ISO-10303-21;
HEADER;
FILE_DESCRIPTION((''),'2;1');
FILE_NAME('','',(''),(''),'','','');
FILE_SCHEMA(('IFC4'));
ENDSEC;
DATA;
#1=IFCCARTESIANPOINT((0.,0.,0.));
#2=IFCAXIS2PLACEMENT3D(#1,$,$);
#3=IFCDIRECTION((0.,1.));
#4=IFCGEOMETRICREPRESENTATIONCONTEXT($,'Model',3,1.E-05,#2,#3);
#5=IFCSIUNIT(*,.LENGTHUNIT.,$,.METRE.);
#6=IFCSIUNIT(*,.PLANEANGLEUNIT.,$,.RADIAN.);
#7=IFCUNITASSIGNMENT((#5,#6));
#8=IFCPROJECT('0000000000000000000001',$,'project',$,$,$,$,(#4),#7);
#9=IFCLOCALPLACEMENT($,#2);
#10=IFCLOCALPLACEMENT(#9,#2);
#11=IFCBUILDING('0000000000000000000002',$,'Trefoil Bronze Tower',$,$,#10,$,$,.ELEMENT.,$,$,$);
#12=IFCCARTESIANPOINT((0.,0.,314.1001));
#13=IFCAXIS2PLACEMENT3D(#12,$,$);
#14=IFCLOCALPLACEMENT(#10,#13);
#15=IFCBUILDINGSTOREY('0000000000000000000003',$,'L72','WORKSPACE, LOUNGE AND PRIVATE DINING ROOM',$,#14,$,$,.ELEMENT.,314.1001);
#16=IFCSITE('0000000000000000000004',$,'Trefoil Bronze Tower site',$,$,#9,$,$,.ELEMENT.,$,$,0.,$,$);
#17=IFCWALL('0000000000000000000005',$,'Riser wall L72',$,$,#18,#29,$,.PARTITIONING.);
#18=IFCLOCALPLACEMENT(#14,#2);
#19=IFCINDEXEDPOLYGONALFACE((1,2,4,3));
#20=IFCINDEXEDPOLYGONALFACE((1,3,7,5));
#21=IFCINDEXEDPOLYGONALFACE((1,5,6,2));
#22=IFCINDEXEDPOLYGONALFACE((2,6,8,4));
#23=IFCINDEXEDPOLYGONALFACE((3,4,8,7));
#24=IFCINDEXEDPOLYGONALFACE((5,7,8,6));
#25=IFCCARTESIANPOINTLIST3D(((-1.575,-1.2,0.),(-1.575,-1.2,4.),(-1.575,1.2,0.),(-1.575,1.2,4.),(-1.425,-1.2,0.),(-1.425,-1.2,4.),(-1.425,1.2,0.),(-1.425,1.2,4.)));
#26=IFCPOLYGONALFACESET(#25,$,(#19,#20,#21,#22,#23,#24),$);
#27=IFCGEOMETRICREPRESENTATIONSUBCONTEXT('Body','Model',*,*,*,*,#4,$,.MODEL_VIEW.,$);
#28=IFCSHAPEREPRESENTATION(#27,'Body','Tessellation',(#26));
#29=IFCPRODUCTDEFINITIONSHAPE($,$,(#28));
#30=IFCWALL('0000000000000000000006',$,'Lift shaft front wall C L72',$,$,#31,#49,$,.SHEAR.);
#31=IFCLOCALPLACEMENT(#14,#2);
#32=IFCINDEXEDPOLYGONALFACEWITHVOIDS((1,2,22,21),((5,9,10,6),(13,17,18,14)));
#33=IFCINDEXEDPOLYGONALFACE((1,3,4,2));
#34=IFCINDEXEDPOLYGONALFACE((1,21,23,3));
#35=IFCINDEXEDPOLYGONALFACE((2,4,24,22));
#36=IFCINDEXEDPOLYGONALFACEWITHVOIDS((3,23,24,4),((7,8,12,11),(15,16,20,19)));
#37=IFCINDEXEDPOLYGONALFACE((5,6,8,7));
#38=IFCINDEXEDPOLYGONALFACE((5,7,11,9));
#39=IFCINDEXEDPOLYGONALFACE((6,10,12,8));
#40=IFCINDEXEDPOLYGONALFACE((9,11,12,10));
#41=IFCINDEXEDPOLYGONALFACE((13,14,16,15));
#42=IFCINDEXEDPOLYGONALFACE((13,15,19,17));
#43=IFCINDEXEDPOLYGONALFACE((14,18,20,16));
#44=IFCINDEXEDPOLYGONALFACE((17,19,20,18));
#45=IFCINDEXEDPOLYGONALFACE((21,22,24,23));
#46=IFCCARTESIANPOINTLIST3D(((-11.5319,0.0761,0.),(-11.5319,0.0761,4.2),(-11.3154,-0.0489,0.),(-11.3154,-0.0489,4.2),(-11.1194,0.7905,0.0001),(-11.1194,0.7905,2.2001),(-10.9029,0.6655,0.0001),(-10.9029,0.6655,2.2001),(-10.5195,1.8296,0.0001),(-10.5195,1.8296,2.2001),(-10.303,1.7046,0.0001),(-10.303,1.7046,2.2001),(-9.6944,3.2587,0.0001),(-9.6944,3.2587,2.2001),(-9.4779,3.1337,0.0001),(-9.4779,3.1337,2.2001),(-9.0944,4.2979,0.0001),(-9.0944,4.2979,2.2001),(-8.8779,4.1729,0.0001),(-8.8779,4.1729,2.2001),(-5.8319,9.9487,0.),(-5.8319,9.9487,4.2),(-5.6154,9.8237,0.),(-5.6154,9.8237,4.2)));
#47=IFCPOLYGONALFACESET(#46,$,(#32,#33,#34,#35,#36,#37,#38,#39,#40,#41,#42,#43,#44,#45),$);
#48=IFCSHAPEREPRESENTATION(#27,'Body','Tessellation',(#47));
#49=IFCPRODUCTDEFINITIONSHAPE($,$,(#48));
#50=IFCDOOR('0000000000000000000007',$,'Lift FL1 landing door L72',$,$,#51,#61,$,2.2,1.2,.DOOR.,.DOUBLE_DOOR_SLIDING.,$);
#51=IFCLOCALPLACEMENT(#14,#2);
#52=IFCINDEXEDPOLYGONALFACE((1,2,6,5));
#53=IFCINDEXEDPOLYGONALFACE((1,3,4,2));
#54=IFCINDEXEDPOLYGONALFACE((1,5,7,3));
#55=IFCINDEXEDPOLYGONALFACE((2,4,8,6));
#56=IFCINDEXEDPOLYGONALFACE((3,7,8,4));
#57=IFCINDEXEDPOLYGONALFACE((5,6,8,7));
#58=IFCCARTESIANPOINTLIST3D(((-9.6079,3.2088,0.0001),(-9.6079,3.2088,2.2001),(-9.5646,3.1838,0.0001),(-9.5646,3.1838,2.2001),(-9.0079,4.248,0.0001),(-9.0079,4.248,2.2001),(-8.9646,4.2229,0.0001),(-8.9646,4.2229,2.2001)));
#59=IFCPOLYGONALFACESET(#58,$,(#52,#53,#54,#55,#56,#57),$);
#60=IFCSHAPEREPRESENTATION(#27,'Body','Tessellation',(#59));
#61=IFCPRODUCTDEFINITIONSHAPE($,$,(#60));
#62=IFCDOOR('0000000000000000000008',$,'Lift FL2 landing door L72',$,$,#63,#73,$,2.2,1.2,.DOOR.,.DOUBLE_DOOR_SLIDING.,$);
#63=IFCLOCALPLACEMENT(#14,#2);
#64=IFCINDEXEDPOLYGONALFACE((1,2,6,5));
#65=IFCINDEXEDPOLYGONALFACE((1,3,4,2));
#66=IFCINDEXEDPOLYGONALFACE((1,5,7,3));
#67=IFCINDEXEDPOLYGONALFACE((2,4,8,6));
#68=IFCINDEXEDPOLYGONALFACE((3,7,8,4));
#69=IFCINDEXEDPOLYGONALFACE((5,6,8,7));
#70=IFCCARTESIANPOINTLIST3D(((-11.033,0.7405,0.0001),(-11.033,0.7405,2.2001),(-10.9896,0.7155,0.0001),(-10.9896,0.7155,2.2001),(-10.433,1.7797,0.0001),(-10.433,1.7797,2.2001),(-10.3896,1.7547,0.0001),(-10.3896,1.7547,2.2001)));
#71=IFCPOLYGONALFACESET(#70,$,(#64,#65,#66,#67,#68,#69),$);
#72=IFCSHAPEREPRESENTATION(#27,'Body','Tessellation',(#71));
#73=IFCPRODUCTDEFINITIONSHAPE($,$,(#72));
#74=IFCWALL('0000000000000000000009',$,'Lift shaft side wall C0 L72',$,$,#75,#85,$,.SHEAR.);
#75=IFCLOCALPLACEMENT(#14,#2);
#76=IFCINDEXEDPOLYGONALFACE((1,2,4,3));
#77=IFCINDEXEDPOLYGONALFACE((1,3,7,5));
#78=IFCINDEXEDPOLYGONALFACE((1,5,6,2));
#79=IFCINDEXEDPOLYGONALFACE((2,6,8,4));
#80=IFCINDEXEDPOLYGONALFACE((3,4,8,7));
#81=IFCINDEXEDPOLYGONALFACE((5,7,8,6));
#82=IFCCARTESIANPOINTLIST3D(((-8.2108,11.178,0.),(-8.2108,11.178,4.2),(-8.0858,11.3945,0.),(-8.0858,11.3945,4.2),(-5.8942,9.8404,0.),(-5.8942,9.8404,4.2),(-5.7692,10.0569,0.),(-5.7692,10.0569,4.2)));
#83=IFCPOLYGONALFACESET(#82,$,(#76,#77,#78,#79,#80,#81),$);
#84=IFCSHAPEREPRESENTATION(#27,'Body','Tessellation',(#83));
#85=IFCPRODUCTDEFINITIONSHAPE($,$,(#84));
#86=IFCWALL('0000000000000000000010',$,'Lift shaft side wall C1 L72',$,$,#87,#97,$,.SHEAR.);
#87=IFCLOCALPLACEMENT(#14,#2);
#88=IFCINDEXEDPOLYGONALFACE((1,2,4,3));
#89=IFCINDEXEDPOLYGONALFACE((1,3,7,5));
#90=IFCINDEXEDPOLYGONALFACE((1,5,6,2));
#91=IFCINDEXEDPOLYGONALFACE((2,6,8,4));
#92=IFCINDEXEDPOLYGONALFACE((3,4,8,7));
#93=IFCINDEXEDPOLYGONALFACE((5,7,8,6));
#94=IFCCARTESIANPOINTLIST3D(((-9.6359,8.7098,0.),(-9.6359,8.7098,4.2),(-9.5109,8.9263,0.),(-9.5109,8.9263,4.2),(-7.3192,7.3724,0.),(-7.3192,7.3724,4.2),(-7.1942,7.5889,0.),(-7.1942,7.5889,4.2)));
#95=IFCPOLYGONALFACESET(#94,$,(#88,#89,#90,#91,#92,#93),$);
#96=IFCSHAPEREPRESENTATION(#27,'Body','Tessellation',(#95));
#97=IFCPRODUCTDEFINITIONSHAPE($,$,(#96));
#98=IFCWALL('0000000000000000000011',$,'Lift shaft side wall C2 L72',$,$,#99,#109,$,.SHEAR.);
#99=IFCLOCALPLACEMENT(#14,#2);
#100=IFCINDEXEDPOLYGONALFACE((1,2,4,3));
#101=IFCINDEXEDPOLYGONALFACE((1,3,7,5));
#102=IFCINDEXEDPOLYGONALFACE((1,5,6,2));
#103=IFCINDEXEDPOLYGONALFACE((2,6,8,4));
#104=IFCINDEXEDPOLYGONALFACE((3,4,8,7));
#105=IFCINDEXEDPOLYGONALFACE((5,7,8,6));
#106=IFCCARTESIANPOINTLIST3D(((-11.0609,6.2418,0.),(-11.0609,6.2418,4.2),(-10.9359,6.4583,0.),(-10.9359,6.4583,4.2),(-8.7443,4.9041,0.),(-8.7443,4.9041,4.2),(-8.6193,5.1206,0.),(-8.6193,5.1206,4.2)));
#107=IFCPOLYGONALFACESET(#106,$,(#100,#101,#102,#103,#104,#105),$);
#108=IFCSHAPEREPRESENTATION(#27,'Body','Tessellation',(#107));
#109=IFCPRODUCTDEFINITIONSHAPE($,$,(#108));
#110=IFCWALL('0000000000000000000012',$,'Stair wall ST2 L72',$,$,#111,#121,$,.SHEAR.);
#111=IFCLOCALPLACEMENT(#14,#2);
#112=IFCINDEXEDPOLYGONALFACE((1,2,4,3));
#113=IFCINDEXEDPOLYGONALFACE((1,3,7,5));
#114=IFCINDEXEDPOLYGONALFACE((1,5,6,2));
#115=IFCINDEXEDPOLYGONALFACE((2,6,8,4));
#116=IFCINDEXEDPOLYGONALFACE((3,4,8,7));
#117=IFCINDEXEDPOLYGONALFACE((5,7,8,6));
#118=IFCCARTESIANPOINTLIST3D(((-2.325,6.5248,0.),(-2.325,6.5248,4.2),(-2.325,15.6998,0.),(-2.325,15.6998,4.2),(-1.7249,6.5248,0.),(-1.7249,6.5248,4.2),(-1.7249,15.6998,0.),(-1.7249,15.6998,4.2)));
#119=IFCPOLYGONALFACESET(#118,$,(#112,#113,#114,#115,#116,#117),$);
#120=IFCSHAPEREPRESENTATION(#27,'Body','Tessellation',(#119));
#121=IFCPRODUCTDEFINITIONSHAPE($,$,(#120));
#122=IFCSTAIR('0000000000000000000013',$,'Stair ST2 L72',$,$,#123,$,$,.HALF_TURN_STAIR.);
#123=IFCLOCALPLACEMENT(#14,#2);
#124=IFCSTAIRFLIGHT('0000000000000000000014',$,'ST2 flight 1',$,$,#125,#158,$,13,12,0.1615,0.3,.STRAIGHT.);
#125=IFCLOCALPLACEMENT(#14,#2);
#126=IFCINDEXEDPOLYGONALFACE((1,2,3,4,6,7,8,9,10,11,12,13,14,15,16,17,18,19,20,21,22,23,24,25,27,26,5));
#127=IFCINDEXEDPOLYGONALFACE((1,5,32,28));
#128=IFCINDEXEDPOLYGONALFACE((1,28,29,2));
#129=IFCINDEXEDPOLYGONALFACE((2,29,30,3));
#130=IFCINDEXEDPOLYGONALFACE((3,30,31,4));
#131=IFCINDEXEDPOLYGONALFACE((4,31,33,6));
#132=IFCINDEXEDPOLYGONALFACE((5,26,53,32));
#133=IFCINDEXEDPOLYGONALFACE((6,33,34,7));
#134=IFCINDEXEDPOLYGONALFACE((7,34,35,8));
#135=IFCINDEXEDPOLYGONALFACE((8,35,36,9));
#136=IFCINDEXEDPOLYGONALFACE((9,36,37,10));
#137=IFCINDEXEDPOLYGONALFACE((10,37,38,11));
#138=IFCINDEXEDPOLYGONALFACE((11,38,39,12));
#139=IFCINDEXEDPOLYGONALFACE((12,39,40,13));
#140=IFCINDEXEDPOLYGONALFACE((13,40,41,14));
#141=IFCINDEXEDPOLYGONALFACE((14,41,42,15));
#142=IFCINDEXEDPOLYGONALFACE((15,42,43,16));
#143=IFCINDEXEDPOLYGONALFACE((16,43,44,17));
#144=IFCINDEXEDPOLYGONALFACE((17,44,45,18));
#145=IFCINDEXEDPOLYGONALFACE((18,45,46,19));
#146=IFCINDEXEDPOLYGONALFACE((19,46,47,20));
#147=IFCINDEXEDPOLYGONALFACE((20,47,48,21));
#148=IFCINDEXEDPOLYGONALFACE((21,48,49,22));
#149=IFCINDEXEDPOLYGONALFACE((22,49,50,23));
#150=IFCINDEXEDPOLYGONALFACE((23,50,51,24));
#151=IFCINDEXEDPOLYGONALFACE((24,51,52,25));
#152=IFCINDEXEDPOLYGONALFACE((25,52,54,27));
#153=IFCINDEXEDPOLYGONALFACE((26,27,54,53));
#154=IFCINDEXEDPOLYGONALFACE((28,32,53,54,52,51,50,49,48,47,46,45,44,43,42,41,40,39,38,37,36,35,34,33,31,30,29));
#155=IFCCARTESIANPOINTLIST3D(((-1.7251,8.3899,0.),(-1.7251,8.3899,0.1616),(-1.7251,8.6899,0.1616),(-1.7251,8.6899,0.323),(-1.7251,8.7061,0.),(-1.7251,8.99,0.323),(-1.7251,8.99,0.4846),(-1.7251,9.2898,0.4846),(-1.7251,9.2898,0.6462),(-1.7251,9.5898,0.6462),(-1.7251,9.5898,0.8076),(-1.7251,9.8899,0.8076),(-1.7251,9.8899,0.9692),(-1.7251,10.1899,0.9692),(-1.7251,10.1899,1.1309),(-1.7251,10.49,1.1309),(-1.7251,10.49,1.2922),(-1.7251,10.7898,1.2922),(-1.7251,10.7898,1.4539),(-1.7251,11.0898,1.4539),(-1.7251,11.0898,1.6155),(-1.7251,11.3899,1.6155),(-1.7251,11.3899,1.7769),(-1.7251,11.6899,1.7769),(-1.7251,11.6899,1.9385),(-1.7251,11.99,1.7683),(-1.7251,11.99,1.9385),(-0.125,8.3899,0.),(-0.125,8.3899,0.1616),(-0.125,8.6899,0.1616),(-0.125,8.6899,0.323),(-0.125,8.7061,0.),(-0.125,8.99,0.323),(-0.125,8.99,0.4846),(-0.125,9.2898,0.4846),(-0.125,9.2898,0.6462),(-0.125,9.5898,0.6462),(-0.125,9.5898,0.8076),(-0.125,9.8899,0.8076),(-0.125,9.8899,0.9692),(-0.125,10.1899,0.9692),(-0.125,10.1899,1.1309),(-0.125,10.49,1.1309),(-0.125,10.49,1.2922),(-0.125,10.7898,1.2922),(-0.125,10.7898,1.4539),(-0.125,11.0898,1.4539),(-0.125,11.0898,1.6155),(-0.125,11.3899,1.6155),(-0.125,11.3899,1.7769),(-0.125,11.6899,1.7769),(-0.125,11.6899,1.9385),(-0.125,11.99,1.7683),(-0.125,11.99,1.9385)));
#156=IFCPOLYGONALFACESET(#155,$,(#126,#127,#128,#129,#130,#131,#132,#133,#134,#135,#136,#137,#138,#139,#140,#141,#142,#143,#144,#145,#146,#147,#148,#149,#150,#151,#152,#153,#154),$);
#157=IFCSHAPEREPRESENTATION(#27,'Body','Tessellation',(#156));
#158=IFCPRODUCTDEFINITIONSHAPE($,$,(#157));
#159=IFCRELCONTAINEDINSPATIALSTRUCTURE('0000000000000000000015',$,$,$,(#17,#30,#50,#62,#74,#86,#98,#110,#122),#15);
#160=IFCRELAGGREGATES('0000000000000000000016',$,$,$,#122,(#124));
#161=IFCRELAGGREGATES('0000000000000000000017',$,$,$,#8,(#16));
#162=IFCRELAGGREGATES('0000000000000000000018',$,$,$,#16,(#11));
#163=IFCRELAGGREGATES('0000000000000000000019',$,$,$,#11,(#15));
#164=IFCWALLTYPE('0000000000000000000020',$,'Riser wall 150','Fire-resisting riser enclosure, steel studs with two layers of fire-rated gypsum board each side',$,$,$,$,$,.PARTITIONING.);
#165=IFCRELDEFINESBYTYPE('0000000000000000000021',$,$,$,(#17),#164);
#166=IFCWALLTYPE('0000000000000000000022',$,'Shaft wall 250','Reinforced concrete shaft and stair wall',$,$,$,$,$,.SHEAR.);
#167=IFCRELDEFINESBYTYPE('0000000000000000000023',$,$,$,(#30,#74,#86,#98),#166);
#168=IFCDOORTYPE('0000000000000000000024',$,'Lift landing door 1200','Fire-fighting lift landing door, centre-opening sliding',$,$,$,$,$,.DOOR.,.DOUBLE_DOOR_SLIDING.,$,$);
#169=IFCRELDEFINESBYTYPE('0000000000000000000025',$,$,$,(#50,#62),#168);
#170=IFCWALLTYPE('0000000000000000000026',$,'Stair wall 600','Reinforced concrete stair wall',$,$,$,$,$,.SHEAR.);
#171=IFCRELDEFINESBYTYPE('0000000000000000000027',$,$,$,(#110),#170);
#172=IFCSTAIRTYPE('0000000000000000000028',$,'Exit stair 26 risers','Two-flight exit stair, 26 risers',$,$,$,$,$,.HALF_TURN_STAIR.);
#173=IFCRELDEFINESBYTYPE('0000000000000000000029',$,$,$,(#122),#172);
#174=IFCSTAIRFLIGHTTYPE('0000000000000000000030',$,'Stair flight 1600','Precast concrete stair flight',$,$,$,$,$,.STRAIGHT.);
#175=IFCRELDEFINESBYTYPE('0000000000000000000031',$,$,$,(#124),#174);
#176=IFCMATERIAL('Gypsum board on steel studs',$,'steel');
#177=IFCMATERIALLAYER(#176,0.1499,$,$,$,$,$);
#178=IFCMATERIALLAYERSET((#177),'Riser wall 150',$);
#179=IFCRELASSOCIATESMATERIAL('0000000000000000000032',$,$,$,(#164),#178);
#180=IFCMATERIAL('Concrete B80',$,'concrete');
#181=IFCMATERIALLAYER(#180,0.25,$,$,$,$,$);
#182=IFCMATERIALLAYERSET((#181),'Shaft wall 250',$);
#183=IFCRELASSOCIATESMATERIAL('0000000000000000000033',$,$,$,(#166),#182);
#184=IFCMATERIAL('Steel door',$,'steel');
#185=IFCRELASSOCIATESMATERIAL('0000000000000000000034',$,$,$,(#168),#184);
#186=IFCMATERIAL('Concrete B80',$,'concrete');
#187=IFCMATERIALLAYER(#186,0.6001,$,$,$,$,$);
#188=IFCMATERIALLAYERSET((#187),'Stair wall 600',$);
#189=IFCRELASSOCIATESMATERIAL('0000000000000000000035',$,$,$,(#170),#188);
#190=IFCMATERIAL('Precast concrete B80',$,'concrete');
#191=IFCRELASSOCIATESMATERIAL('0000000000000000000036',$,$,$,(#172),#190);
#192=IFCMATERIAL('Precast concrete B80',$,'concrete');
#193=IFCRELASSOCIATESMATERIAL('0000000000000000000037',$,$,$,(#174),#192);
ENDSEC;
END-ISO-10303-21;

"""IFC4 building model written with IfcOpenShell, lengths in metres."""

from ifc_helpers import new_model, si_unit, direction, frame, frame_2d, origin, place, context, subcontext, project, spatial, polyline, rectangle, outline, extrude, material, layer, layer_set, type_object, element, fill, aggregate, save


model = new_model("IFC4")

# Units and contexts
model_context = context("Model", 3, precision=1e-05, world=origin(), true_north=direction((0.0, 1.0)))
body_context = subcontext(model_context, "Body", "Model", "MODEL_VIEW")
ifc_project = project(units=[si_unit("LENGTHUNIT", "METRE"), si_unit("PLANEANGLEUNIT", "RADIAN")], contexts=[model_context])

# Site, building, storey
site_placement = place(None, origin())
site = spatial("IfcSite", under=ifc_project, at=site_placement, Name="Trefoil Bronze Tower site", CompositionType="ELEMENT", RefElevation=0.0)
building_placement = place(site_placement, origin())
building = spatial("IfcBuilding", under=site, at=building_placement, Name="Trefoil Bronze Tower", CompositionType="ELEMENT")
storey_placement = place(building_placement, frame((0.0, 0.0, 314.1001)))
storey = spatial("IfcBuildingStorey", under=building, at=storey_placement, Name="L72", Description="WORKSPACE, LOUNGE AND PRIVATE DINING ROOM", CompositionType="ELEMENT", Elevation=314.1001)

# Wall
ifc_material_1 = material(Name="Gypsum board on steel studs", Category="steel")
ifc_layer_1 = layer(ifc_material_1, 0.1499)
ifc_layer_set_1 = layer_set([ifc_layer_1], Name="Riser wall 150")
wall_type_1 = type_object("IfcWallType", Name="Riser wall 150", Description="Fire-resisting riser enclosure, steel studs with two layers of fire-rated gypsum board each side", PredefinedType="PARTITIONING", material=ifc_layer_set_1)
wall_1_placement = place(storey_placement, frame((-1.5, 1.2, 0.0), z_axis=(0.0, 0.0, 1.0), x_axis=(0.0, -1.0, 0.0)))
element("IfcWall", 1, at=wall_1_placement, inside=storey, type_object=wall_type_1, Name="Riser wall L72", PredefinedType="PARTITIONING", context=body_context, shape_type="SweptSolid", body=[
    extrude(rectangle(XDim=2.3999, YDim=0.1499, at=frame_2d((1.2, 0.0))), origin(), (0.0, 0.0, 1.0), 4.0),
])

# Wall, openings, doors
ifc_material_2 = material(Name="Concrete B80", Category="concrete")
ifc_layer_2 = layer(ifc_material_2, 0.25)
ifc_layer_set_2 = layer_set([ifc_layer_2], Name="Shaft wall 250")
wall_type_2 = type_object("IfcWallType", Name="Shaft wall 250", Description="Reinforced concrete shaft and stair wall", PredefinedType="SHEAR", material=ifc_layer_set_2)
wall_2_placement = place(storey_placement, frame((-5.7236, 9.8862, 0.0), z_axis=(0.0, 0.0, 1.0), x_axis=(-0.500002, -0.866024, 0.0)))
wall_2 = element("IfcWall", 2, at=wall_2_placement, inside=storey, type_object=wall_type_2, Name="Lift shaft front wall C L72", PredefinedType="SHEAR", context=body_context, shape_type="SweptSolid", body=[
    extrude(rectangle(XDim=11.3999, YDim=0.25, at=frame_2d((5.7, 0.0))), origin(), (0.0, 0.0, 1.0), 4.2),
])
opening_1_placement = place(wall_2_placement, frame((6.5249, 0.0, 0.0)))
opening_1 = element("IfcOpeningElement", 3, at=opening_1_placement, cuts=wall_2, PredefinedType="OPENING", context=body_context, shape_type="SweptSolid", body=[
    extrude(rectangle(XDim=1.2, YDim=2.2, at=frame_2d((0.6001, 1.1001))), frame((0.0, 0.135, 0.0), z_axis=(0.0, -1.0, 0.0), x_axis=(1.0, 0.0, 0.0)), (0.0, 0.0, 1.0), 0.27),
])
opening_2_placement = place(wall_2_placement, frame((9.375, 0.0, 0.0)))
opening_2 = element("IfcOpeningElement", 4, at=opening_2_placement, cuts=wall_2, PredefinedType="OPENING", context=body_context, shape_type="SweptSolid", body=[
    extrude(rectangle(XDim=1.2, YDim=2.2, at=frame_2d((0.6001, 1.1001))), frame((0.0, 0.135, 0.0), z_axis=(0.0, -1.0, 0.0), x_axis=(1.0, 0.0, 0.0)), (0.0, 0.0, 1.0), 0.27),
])
ifc_material_3 = material(Name="Steel door", Category="steel")
door_type = type_object("IfcDoorType", Name="Lift landing door 1200", Description="Fire-fighting lift landing door, centre-opening sliding", OperationType="DOUBLE_DOOR_SLIDING", PredefinedType="DOOR", material=ifc_material_3)
door_1_placement = place(opening_1_placement, origin())
door_1 = element("IfcDoor", 5, at=door_1_placement, inside=storey, type_object=door_type, Name="Lift FL1 landing door L72", OperationType="DOUBLE_DOOR_SLIDING", OverallHeight=2.2, OverallWidth=1.2, PredefinedType="DOOR", context=body_context, shape_type="SweptSolid", body=[
    extrude(rectangle(XDim=1.2, YDim=2.2, at=frame_2d((0.6001, 1.1001))), frame((0.0, 0.0249, 0.0), z_axis=(0.0, -1.0, 0.0), x_axis=(1.0, 0.0, 0.0)), (0.0, 0.0, 1.0), 0.05),
])
fill(opening_1, door_1)
door_2_placement = place(opening_2_placement, origin())
door_2 = element("IfcDoor", 6, at=door_2_placement, inside=storey, type_object=door_type, Name="Lift FL2 landing door L72", OperationType="DOUBLE_DOOR_SLIDING", OverallHeight=2.2, OverallWidth=1.2, PredefinedType="DOOR", context=body_context, shape_type="SweptSolid", body=[
    extrude(rectangle(XDim=1.2, YDim=2.2, at=frame_2d((0.6001, 1.1001))), frame((0.0, 0.0249, 0.0), z_axis=(0.0, -1.0, 0.0), x_axis=(1.0, 0.0, 0.0)), (0.0, 0.0, 1.0), 0.05),
])
fill(opening_2, door_2)

# Walls
for number, where, z_axis, x_axis, name in (
    (7, (-5.8318, 9.9487, 0.0), (0.0, 0.0, 1.0), (-0.866005, 0.500036, 0.0), "Lift shaft side wall C0 L72"),
    (8, (-7.2568, 7.4807, 0.0), (0.0, 0.0, 1.0), (-0.866044, 0.499967, 0.0), "Lift shaft side wall C1 L72"),
    (9, (-8.6819, 5.0125, 0.0), (0.0, 0.0, 1.0), (-0.866005, 0.500036, 0.0), "Lift shaft side wall C2 L72"),
):
    element("IfcWall", number, at=place(storey_placement, frame(where, z_axis=z_axis, x_axis=x_axis)), inside=storey, type_object=wall_type_2, Name=name, PredefinedType="SHEAR", context=body_context, shape_type="SweptSolid", body=[
        extrude(rectangle(XDim=2.675, YDim=0.25, at=frame_2d((1.3374, 0.0))), origin(), (0.0, 0.0, 1.0), 4.2),
    ])
ifc_material_4 = material(Name="Concrete B80", Category="concrete")
ifc_layer_3 = layer(ifc_material_4, 0.6001)
ifc_layer_set_3 = layer_set([ifc_layer_3], Name="Stair wall 600")
wall_type_3 = type_object("IfcWallType", Name="Stair wall 600", Description="Reinforced concrete stair wall", PredefinedType="SHEAR", material=ifc_layer_set_3)
wall_3_placement = place(storey_placement, frame((-2.0249, 6.5249, 0.0), z_axis=(0.0, 0.0, 1.0), x_axis=(0.0, 1.0, 0.0)))
element("IfcWall", 10, at=wall_3_placement, inside=storey, type_object=wall_type_3, Name="Stair wall ST2 L72", PredefinedType="SHEAR", context=body_context, shape_type="SweptSolid", body=[
    extrude(rectangle(XDim=9.175, YDim=0.6001, at=frame_2d((4.5874, 0.0))), origin(), (0.0, 0.0, 1.0), 4.2),
])

# Stair, stair flight
ifc_material_5 = material(Name="Precast concrete B80", Category="concrete")
stair_type = type_object("IfcStairType", Name="Exit stair 26 risers", Description="Two-flight exit stair, 26 risers", PredefinedType="HALF_TURN_STAIR", material=ifc_material_5)
stair_placement = place(storey_placement, origin())
stair = element("IfcStair", 11, at=stair_placement, inside=storey, type_object=stair_type, Name="Stair ST2 L72", PredefinedType="HALF_TURN_STAIR")
ifc_material_6 = material(Name="Precast concrete B80", Category="concrete")
stair_flight_type = type_object("IfcStairFlightType", Name="Stair flight 1600", Description="Precast concrete stair flight", PredefinedType="STRAIGHT", material=ifc_material_6)
stair_flight_placement = place(storey_placement, frame((-0.925, 8.3899, 0.0), z_axis=(0.0, 0.0, 1.0), x_axis=(0.0, 1.0, 0.0)))
stair_flight = element("IfcStairFlight", 12, at=stair_flight_placement, type_object=stair_flight_type, Name="ST2 flight 1", NumberOfRisers=13, NumberOfTreads=12, PredefinedType="STRAIGHT", RiserHeight=0.1615, TreadLength=0.3, context=body_context, shape_type="SweptSolid", body=[
    extrude(outline(polyline([(0.0, 0.0), (0.0, 0.1616), (0.3, 0.1616), (0.3, 0.323), (0.6001, 0.323), (0.6001, 0.4846), (0.8999, 0.4846), (0.8999, 0.6462), (1.2, 0.6462), (1.2, 0.8076), (1.5, 0.8076), (1.5, 0.9692), (1.8, 0.9692), (1.8, 1.1309), (2.1001, 1.1309), (2.1001, 1.2922), (2.3999, 1.2922), (2.3999, 1.4539), (2.7, 1.4539), (2.7, 1.6155), (3.0, 1.6155), (3.0, 1.7769), (3.3, 1.7769), (3.3, 1.9385), (3.6001, 1.9385), (3.6001, 2.1001), (3.6001, 1.7683), (0.3162, 0.0), (0.0, 0.0)])), frame((0.0, 0.8, 0.0), z_axis=(0.0, -1.0, 0.0), x_axis=(1.0, 0.0, 0.0)), (0.0, 0.0, 1.0), 1.6001),
])
aggregate(stair, [stair_flight])

save(model, "model.ifc")
